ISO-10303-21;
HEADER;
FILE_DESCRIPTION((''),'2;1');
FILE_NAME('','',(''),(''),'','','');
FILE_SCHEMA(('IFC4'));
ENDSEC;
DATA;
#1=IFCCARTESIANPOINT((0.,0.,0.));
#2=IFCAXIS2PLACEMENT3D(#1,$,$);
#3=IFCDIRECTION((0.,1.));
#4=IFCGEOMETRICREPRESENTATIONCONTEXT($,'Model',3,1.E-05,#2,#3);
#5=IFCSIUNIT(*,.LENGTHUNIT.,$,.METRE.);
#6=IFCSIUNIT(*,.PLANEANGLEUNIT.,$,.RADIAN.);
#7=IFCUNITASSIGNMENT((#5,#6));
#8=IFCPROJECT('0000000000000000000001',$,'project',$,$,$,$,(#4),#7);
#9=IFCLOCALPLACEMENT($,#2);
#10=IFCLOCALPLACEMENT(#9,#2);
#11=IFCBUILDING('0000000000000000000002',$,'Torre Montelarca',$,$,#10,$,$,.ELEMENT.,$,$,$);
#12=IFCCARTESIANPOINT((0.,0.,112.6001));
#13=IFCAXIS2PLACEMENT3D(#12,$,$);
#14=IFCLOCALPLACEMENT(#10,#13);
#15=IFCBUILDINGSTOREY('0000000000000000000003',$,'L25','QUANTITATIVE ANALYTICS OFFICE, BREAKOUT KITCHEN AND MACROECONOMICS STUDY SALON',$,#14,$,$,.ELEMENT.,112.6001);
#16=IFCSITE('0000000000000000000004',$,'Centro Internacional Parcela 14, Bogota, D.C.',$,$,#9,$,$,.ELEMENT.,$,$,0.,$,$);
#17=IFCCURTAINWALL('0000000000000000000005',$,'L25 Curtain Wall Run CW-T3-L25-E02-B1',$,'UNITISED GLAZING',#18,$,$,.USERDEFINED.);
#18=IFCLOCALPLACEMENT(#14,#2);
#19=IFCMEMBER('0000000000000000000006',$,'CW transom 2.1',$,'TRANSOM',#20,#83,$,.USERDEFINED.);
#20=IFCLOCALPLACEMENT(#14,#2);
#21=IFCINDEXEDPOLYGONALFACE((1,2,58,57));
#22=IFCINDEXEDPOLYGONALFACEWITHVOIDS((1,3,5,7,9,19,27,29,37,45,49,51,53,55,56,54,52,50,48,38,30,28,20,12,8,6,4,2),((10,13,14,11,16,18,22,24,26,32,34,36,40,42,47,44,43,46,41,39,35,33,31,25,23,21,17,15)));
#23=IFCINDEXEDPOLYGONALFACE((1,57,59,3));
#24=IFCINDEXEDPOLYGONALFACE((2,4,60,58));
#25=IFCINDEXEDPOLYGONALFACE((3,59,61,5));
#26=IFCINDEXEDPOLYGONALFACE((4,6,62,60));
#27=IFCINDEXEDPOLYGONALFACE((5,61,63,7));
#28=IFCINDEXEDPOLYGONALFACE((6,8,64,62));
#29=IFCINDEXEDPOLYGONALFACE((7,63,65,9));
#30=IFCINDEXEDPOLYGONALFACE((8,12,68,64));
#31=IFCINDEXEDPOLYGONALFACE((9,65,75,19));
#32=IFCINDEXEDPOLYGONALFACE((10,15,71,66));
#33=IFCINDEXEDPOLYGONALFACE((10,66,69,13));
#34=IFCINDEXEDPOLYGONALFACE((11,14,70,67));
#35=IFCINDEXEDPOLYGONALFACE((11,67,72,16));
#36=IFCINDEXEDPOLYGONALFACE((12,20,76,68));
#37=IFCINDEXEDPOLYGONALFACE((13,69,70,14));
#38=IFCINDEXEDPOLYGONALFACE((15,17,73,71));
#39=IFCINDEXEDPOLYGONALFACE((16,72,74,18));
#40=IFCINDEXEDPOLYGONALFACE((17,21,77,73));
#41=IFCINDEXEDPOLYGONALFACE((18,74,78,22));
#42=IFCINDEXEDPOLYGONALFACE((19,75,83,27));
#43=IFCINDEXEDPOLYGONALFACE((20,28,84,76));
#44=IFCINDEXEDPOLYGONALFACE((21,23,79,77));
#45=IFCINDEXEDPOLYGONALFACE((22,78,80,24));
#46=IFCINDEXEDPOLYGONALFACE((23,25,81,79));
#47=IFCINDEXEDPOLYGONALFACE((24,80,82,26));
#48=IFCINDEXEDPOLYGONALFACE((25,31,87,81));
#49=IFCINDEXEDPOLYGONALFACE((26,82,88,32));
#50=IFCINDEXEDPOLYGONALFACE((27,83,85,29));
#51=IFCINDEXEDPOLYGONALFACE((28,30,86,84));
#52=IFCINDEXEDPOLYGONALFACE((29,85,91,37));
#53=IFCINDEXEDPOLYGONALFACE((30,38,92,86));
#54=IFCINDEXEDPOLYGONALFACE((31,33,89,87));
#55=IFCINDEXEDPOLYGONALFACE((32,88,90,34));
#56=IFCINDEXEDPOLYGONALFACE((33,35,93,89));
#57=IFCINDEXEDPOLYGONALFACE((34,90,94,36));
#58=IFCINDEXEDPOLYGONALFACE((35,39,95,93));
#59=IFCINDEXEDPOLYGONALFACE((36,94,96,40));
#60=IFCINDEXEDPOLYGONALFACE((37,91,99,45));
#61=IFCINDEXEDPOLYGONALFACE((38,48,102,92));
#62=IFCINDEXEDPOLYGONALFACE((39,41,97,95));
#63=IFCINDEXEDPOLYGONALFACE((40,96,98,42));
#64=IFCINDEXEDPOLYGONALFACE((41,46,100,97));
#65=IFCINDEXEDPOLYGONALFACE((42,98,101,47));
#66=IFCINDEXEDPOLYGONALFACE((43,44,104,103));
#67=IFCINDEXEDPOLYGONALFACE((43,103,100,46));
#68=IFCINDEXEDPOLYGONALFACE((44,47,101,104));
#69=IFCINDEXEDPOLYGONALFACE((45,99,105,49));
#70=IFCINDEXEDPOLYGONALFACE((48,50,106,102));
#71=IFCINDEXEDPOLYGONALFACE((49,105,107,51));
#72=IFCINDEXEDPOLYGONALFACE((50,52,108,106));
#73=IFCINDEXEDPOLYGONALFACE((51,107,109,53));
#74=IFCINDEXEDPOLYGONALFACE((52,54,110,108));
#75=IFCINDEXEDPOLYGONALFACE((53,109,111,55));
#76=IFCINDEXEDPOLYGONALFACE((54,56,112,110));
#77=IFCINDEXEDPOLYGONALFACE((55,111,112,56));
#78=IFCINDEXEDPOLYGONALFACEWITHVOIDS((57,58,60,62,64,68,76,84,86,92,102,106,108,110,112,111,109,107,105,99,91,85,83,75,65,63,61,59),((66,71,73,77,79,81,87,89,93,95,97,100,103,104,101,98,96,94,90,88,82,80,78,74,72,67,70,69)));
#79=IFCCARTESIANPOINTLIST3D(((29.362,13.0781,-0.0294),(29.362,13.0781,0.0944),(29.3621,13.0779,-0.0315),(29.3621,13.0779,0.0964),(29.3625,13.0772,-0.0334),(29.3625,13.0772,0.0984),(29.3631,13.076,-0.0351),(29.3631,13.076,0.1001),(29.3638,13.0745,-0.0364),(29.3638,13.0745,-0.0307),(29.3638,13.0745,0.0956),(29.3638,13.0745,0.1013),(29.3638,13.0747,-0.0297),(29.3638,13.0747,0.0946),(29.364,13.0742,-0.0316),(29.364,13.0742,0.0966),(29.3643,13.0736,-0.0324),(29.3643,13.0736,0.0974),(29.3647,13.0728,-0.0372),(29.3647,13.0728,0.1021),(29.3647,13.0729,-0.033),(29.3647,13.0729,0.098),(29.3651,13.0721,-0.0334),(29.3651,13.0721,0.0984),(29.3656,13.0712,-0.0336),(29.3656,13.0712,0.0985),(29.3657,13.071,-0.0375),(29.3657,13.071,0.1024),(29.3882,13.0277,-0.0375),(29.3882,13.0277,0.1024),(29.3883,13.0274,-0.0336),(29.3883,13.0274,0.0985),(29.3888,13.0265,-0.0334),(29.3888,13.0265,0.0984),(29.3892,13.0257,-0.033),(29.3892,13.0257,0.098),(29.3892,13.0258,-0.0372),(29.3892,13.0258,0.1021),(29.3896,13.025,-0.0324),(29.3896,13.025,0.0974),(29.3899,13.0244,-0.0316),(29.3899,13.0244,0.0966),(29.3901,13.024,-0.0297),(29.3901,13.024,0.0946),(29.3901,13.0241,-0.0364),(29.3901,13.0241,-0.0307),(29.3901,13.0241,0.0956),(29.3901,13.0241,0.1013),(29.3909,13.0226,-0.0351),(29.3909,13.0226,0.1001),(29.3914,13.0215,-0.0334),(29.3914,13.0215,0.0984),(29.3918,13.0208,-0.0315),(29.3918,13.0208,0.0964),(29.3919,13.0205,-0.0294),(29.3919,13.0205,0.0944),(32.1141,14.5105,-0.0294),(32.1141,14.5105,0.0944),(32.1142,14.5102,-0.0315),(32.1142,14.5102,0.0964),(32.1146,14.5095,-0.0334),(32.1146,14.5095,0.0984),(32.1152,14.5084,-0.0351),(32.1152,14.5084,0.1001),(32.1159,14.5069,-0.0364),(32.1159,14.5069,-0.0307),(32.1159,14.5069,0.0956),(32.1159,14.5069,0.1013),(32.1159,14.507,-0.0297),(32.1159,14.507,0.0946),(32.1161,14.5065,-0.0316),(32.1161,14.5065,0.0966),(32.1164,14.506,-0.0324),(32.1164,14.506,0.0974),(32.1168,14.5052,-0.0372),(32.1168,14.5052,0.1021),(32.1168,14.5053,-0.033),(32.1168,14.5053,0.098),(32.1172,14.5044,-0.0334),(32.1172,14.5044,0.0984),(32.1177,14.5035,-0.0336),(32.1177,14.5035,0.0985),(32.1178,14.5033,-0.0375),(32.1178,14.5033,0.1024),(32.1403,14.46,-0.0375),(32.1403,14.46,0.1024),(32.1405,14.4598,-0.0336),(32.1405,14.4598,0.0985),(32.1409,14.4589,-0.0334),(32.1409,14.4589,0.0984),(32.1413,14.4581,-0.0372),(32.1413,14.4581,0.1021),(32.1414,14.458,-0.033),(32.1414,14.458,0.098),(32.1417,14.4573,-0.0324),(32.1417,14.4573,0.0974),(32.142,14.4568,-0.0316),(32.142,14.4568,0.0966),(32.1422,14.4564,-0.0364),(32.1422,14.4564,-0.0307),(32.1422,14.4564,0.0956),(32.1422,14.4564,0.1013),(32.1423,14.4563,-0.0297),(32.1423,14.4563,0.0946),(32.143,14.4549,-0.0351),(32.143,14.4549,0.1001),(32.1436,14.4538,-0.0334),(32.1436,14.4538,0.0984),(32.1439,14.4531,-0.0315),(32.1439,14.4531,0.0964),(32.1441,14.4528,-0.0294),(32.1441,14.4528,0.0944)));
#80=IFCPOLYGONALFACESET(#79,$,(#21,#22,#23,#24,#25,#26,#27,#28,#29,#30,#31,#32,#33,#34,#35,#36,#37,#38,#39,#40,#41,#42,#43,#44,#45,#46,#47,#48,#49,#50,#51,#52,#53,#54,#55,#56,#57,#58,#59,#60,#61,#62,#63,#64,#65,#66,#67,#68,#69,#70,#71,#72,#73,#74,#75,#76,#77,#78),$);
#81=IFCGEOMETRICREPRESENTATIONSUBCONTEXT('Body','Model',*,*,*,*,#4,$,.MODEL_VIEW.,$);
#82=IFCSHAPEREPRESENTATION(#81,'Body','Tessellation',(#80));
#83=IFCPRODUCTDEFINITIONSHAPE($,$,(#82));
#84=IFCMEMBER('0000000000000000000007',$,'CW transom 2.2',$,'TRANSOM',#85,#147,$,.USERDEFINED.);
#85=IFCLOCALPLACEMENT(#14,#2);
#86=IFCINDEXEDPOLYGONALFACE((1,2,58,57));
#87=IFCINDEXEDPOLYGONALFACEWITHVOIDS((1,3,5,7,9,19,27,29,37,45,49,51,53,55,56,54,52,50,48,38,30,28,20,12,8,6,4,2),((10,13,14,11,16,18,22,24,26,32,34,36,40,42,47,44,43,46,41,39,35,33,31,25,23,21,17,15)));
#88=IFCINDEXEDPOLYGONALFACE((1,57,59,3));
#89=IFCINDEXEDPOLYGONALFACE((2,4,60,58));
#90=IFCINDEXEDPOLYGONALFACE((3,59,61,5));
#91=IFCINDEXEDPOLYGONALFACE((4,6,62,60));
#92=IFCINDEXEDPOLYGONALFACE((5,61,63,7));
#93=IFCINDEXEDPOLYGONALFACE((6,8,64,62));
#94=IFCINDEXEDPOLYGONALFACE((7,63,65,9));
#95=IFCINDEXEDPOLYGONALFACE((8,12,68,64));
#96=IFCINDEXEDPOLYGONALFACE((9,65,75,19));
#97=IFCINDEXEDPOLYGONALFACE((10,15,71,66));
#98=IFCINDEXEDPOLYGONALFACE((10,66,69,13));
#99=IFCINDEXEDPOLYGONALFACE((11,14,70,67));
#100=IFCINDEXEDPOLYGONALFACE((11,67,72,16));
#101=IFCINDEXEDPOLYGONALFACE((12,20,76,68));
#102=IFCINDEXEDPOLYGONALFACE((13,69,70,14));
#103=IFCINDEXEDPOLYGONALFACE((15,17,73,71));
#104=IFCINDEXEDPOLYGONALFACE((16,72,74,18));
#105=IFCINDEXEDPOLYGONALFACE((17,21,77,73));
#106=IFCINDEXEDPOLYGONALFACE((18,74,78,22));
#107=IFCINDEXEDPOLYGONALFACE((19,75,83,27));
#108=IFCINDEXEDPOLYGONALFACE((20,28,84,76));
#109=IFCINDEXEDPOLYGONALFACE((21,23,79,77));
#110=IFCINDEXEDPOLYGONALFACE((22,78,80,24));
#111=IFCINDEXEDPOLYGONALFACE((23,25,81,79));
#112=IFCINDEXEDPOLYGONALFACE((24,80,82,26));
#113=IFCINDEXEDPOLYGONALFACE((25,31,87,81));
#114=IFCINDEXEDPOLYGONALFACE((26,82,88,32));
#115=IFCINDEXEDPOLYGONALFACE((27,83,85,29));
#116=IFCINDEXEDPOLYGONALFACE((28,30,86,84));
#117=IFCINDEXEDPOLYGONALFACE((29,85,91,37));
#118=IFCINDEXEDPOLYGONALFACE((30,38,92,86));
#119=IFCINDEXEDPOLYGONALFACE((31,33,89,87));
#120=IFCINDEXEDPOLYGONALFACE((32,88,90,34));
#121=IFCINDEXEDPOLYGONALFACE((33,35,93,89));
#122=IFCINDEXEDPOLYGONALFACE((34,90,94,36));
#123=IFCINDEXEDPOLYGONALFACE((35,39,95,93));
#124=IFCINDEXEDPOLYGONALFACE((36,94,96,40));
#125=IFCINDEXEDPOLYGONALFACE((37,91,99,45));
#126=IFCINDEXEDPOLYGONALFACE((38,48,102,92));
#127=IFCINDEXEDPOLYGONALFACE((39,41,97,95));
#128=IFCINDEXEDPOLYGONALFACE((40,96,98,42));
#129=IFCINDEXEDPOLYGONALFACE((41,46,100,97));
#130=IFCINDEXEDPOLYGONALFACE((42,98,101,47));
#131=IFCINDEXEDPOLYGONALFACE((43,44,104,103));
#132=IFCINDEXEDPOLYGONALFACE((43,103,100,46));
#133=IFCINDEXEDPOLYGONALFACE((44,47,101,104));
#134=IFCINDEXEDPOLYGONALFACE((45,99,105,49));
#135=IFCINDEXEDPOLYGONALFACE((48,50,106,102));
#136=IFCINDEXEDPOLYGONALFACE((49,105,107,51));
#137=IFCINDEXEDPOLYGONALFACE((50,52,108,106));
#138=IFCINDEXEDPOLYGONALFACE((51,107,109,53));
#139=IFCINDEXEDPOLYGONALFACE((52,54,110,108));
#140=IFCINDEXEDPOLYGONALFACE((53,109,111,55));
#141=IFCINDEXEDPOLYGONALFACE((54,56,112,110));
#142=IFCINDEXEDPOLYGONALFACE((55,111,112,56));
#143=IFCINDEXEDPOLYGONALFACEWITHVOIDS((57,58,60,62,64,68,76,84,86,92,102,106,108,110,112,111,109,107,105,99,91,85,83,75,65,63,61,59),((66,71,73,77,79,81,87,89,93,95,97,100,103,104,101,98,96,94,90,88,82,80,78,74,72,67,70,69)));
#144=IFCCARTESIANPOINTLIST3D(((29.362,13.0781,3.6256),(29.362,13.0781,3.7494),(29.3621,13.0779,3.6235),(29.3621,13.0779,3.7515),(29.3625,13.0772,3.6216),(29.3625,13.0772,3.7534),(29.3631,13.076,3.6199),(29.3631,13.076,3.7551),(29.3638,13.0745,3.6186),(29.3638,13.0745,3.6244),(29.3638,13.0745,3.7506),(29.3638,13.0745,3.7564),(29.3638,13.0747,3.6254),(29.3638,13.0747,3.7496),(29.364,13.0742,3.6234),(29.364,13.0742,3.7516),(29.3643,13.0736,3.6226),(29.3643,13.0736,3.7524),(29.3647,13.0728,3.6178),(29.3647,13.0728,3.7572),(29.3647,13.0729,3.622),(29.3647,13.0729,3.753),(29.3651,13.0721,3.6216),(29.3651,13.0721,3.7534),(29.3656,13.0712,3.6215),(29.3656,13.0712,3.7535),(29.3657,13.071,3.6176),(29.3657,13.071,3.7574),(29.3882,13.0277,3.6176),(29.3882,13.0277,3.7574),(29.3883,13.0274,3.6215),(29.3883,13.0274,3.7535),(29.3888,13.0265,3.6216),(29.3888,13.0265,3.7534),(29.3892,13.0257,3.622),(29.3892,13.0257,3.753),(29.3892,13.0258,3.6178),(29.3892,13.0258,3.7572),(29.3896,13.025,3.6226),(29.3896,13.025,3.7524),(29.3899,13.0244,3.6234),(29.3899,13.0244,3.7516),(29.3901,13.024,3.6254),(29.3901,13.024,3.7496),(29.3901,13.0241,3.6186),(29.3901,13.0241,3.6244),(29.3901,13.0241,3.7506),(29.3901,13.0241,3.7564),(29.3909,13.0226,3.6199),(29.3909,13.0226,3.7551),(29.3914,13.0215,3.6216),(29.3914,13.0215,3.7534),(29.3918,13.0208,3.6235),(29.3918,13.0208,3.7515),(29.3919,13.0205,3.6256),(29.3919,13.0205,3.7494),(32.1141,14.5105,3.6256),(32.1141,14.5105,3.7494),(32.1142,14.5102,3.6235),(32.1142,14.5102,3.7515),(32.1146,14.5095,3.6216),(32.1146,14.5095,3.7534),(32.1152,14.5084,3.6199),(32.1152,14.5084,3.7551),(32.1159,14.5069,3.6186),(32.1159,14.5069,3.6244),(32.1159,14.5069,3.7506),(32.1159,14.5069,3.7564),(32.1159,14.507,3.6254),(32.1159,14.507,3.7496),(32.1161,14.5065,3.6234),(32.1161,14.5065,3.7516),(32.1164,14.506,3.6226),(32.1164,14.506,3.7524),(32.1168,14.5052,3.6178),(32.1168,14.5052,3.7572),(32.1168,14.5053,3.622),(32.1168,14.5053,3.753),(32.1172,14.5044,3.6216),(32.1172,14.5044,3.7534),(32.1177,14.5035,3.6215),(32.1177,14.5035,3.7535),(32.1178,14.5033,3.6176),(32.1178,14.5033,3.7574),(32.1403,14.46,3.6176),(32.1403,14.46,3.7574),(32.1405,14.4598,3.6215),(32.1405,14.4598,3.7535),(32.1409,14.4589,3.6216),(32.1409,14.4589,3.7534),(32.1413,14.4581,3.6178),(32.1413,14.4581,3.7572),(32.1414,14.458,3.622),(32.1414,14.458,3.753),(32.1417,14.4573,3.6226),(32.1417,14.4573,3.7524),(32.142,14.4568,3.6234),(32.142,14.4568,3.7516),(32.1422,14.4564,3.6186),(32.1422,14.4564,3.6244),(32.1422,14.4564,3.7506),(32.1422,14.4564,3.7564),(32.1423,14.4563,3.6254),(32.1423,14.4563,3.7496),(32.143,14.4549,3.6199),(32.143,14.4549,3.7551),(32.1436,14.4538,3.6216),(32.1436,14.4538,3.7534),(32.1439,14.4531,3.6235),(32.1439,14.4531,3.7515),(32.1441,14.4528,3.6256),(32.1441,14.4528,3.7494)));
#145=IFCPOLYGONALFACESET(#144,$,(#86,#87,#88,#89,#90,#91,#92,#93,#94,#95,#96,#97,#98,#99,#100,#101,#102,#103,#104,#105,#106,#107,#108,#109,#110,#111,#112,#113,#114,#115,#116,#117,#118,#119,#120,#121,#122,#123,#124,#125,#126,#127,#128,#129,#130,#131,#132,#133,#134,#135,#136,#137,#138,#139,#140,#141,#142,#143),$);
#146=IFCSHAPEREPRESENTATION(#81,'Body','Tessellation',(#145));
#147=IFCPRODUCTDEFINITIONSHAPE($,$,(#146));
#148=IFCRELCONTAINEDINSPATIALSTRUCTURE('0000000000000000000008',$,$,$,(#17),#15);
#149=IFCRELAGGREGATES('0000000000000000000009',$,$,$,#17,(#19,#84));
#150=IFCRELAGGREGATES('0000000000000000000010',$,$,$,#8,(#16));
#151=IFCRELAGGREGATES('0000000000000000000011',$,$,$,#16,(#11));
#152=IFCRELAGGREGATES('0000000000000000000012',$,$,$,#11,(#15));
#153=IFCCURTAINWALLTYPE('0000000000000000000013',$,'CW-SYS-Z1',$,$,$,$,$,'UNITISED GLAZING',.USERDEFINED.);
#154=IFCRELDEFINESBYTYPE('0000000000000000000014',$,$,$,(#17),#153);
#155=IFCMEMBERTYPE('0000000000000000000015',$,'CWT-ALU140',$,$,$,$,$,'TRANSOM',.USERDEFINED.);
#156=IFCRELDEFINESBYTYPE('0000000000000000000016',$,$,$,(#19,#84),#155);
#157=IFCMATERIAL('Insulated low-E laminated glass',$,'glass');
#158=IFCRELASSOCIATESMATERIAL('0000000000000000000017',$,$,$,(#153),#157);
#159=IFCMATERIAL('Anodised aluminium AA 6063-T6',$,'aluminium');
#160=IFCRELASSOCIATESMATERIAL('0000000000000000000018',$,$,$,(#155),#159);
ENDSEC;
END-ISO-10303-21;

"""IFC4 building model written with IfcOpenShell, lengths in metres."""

from ifc_helpers import new_model, si_unit, direction, frame, origin, origin_2d, place, context, subcontext, project, spatial, hollow_rectangle, extrude, source, transform, mapped, material, material_profile, profile_set, type_object, element, aggregate, save


model = new_model("IFC4")

# Units and contexts
model_context = context("Model", 3, precision=1e-05, world=origin(), true_north=direction((0.0, 1.0)))
body_context = subcontext(model_context, "Body", "Model", "MODEL_VIEW")
ifc_project = project(units=[si_unit("LENGTHUNIT", "METRE"), si_unit("PLANEANGLEUNIT", "RADIAN")], contexts=[model_context])

# Site, building, storey
site_placement = place(None, origin())
site = spatial("IfcSite", under=ifc_project, at=site_placement, Name="Centro Internacional Parcela 14, Bogota, D.C.", CompositionType="ELEMENT", RefElevation=0.0)
building_placement = place(site_placement, origin())
building = spatial("IfcBuilding", under=site, at=building_placement, Name="Torre Montelarca", CompositionType="ELEMENT")
storey_placement = place(building_placement, frame((0.0, 0.0, 112.6001)))
storey = spatial("IfcBuildingStorey", under=building, at=storey_placement, Name="L25", Description="QUANTITATIVE ANALYTICS OFFICE, BREAKOUT KITCHEN AND MACROECONOMICS STUDY SALON", CompositionType="ELEMENT", Elevation=112.6001)

# Curtain wall, members
ifc_material_1 = material(Name="Insulated low-E laminated glass", Category="glass")
curtain_wall_type = type_object("IfcCurtainWallType", Name="CW-SYS-Z1", ElementType="UNITISED GLAZING", PredefinedType="USERDEFINED", material=ifc_material_1)
ifc_material_2 = material(Name="Anodised aluminium AA 6063-T6", Category="aluminium")
ifc_material_profile_1 = material_profile(ifc_material_2, hollow_rectangle(XDim=0.0649, YDim=0.1399, WallThickness=0.0039, InnerFilletRadius=0.0039, OuterFilletRadius=0.0081, at=origin_2d()), Name="ALU65X140X4", Category="aluminium")
ifc_profile_set_1 = profile_set([ifc_material_profile_1], Name="Anodised aluminium AA 6063-T6")
member_type_1 = type_object("IfcMemberType", Name="CWT-ALU140", ElementType="TRANSOM", PredefinedType="USERDEFINED", material=ifc_profile_set_1)
curtain_wall_1_placement = place(storey_placement, origin())
curtain_wall_1 = element("IfcCurtainWall", 1, at=curtain_wall_1_placement, inside=storey, type_object=curtain_wall_type, Name="L25 Curtain Wall Run CW-T3-L25-E02-B1", ObjectType="UNITISED GLAZING", PredefinedType="USERDEFINED")
shared_shape_1 = source(origin(), body_context, "Body", "SweptSolid", [
    extrude(hollow_rectangle(XDim=0.0649, YDim=0.1399, WallThickness=0.0039, InnerFilletRadius=0.0039, OuterFilletRadius=0.0081, at=origin_2d()), origin(), (0.0, 0.0, 1.0), 3.1025),
])
member_1_placement = place(storey_placement, frame((29.377, 13.0493, 0.0325), z_axis=(0.887054, 0.461665, 0.0), x_axis=(-0.461665, 0.887054, 0.0)))
member_1 = element("IfcMember", 2, at=member_1_placement, type_object=member_type_1, Name="CW transom 2.1", ObjectType="TRANSOM", PredefinedType="USERDEFINED", context=body_context, shape_type="MappedRepresentation", body=[
    mapped(shared_shape_1, transform((0.0, 0.0, 0.0), scale=1.0)),
])
member_2_placement = place(storey_placement, frame((29.377, 13.0493, 3.6875), z_axis=(0.887054, 0.461665, 0.0), x_axis=(-0.461665, 0.887054, 0.0)))
member_2 = element("IfcMember", 3, at=member_2_placement, type_object=member_type_1, Name="CW transom 2.2", ObjectType="TRANSOM", PredefinedType="USERDEFINED", context=body_context, shape_type="MappedRepresentation", body=[
    mapped(shared_shape_1, transform((0.0, 0.0, 0.0), scale=1.0)),
])

aggregate(curtain_wall_1, [member_1, member_2])

save(model, "model.ifc")
